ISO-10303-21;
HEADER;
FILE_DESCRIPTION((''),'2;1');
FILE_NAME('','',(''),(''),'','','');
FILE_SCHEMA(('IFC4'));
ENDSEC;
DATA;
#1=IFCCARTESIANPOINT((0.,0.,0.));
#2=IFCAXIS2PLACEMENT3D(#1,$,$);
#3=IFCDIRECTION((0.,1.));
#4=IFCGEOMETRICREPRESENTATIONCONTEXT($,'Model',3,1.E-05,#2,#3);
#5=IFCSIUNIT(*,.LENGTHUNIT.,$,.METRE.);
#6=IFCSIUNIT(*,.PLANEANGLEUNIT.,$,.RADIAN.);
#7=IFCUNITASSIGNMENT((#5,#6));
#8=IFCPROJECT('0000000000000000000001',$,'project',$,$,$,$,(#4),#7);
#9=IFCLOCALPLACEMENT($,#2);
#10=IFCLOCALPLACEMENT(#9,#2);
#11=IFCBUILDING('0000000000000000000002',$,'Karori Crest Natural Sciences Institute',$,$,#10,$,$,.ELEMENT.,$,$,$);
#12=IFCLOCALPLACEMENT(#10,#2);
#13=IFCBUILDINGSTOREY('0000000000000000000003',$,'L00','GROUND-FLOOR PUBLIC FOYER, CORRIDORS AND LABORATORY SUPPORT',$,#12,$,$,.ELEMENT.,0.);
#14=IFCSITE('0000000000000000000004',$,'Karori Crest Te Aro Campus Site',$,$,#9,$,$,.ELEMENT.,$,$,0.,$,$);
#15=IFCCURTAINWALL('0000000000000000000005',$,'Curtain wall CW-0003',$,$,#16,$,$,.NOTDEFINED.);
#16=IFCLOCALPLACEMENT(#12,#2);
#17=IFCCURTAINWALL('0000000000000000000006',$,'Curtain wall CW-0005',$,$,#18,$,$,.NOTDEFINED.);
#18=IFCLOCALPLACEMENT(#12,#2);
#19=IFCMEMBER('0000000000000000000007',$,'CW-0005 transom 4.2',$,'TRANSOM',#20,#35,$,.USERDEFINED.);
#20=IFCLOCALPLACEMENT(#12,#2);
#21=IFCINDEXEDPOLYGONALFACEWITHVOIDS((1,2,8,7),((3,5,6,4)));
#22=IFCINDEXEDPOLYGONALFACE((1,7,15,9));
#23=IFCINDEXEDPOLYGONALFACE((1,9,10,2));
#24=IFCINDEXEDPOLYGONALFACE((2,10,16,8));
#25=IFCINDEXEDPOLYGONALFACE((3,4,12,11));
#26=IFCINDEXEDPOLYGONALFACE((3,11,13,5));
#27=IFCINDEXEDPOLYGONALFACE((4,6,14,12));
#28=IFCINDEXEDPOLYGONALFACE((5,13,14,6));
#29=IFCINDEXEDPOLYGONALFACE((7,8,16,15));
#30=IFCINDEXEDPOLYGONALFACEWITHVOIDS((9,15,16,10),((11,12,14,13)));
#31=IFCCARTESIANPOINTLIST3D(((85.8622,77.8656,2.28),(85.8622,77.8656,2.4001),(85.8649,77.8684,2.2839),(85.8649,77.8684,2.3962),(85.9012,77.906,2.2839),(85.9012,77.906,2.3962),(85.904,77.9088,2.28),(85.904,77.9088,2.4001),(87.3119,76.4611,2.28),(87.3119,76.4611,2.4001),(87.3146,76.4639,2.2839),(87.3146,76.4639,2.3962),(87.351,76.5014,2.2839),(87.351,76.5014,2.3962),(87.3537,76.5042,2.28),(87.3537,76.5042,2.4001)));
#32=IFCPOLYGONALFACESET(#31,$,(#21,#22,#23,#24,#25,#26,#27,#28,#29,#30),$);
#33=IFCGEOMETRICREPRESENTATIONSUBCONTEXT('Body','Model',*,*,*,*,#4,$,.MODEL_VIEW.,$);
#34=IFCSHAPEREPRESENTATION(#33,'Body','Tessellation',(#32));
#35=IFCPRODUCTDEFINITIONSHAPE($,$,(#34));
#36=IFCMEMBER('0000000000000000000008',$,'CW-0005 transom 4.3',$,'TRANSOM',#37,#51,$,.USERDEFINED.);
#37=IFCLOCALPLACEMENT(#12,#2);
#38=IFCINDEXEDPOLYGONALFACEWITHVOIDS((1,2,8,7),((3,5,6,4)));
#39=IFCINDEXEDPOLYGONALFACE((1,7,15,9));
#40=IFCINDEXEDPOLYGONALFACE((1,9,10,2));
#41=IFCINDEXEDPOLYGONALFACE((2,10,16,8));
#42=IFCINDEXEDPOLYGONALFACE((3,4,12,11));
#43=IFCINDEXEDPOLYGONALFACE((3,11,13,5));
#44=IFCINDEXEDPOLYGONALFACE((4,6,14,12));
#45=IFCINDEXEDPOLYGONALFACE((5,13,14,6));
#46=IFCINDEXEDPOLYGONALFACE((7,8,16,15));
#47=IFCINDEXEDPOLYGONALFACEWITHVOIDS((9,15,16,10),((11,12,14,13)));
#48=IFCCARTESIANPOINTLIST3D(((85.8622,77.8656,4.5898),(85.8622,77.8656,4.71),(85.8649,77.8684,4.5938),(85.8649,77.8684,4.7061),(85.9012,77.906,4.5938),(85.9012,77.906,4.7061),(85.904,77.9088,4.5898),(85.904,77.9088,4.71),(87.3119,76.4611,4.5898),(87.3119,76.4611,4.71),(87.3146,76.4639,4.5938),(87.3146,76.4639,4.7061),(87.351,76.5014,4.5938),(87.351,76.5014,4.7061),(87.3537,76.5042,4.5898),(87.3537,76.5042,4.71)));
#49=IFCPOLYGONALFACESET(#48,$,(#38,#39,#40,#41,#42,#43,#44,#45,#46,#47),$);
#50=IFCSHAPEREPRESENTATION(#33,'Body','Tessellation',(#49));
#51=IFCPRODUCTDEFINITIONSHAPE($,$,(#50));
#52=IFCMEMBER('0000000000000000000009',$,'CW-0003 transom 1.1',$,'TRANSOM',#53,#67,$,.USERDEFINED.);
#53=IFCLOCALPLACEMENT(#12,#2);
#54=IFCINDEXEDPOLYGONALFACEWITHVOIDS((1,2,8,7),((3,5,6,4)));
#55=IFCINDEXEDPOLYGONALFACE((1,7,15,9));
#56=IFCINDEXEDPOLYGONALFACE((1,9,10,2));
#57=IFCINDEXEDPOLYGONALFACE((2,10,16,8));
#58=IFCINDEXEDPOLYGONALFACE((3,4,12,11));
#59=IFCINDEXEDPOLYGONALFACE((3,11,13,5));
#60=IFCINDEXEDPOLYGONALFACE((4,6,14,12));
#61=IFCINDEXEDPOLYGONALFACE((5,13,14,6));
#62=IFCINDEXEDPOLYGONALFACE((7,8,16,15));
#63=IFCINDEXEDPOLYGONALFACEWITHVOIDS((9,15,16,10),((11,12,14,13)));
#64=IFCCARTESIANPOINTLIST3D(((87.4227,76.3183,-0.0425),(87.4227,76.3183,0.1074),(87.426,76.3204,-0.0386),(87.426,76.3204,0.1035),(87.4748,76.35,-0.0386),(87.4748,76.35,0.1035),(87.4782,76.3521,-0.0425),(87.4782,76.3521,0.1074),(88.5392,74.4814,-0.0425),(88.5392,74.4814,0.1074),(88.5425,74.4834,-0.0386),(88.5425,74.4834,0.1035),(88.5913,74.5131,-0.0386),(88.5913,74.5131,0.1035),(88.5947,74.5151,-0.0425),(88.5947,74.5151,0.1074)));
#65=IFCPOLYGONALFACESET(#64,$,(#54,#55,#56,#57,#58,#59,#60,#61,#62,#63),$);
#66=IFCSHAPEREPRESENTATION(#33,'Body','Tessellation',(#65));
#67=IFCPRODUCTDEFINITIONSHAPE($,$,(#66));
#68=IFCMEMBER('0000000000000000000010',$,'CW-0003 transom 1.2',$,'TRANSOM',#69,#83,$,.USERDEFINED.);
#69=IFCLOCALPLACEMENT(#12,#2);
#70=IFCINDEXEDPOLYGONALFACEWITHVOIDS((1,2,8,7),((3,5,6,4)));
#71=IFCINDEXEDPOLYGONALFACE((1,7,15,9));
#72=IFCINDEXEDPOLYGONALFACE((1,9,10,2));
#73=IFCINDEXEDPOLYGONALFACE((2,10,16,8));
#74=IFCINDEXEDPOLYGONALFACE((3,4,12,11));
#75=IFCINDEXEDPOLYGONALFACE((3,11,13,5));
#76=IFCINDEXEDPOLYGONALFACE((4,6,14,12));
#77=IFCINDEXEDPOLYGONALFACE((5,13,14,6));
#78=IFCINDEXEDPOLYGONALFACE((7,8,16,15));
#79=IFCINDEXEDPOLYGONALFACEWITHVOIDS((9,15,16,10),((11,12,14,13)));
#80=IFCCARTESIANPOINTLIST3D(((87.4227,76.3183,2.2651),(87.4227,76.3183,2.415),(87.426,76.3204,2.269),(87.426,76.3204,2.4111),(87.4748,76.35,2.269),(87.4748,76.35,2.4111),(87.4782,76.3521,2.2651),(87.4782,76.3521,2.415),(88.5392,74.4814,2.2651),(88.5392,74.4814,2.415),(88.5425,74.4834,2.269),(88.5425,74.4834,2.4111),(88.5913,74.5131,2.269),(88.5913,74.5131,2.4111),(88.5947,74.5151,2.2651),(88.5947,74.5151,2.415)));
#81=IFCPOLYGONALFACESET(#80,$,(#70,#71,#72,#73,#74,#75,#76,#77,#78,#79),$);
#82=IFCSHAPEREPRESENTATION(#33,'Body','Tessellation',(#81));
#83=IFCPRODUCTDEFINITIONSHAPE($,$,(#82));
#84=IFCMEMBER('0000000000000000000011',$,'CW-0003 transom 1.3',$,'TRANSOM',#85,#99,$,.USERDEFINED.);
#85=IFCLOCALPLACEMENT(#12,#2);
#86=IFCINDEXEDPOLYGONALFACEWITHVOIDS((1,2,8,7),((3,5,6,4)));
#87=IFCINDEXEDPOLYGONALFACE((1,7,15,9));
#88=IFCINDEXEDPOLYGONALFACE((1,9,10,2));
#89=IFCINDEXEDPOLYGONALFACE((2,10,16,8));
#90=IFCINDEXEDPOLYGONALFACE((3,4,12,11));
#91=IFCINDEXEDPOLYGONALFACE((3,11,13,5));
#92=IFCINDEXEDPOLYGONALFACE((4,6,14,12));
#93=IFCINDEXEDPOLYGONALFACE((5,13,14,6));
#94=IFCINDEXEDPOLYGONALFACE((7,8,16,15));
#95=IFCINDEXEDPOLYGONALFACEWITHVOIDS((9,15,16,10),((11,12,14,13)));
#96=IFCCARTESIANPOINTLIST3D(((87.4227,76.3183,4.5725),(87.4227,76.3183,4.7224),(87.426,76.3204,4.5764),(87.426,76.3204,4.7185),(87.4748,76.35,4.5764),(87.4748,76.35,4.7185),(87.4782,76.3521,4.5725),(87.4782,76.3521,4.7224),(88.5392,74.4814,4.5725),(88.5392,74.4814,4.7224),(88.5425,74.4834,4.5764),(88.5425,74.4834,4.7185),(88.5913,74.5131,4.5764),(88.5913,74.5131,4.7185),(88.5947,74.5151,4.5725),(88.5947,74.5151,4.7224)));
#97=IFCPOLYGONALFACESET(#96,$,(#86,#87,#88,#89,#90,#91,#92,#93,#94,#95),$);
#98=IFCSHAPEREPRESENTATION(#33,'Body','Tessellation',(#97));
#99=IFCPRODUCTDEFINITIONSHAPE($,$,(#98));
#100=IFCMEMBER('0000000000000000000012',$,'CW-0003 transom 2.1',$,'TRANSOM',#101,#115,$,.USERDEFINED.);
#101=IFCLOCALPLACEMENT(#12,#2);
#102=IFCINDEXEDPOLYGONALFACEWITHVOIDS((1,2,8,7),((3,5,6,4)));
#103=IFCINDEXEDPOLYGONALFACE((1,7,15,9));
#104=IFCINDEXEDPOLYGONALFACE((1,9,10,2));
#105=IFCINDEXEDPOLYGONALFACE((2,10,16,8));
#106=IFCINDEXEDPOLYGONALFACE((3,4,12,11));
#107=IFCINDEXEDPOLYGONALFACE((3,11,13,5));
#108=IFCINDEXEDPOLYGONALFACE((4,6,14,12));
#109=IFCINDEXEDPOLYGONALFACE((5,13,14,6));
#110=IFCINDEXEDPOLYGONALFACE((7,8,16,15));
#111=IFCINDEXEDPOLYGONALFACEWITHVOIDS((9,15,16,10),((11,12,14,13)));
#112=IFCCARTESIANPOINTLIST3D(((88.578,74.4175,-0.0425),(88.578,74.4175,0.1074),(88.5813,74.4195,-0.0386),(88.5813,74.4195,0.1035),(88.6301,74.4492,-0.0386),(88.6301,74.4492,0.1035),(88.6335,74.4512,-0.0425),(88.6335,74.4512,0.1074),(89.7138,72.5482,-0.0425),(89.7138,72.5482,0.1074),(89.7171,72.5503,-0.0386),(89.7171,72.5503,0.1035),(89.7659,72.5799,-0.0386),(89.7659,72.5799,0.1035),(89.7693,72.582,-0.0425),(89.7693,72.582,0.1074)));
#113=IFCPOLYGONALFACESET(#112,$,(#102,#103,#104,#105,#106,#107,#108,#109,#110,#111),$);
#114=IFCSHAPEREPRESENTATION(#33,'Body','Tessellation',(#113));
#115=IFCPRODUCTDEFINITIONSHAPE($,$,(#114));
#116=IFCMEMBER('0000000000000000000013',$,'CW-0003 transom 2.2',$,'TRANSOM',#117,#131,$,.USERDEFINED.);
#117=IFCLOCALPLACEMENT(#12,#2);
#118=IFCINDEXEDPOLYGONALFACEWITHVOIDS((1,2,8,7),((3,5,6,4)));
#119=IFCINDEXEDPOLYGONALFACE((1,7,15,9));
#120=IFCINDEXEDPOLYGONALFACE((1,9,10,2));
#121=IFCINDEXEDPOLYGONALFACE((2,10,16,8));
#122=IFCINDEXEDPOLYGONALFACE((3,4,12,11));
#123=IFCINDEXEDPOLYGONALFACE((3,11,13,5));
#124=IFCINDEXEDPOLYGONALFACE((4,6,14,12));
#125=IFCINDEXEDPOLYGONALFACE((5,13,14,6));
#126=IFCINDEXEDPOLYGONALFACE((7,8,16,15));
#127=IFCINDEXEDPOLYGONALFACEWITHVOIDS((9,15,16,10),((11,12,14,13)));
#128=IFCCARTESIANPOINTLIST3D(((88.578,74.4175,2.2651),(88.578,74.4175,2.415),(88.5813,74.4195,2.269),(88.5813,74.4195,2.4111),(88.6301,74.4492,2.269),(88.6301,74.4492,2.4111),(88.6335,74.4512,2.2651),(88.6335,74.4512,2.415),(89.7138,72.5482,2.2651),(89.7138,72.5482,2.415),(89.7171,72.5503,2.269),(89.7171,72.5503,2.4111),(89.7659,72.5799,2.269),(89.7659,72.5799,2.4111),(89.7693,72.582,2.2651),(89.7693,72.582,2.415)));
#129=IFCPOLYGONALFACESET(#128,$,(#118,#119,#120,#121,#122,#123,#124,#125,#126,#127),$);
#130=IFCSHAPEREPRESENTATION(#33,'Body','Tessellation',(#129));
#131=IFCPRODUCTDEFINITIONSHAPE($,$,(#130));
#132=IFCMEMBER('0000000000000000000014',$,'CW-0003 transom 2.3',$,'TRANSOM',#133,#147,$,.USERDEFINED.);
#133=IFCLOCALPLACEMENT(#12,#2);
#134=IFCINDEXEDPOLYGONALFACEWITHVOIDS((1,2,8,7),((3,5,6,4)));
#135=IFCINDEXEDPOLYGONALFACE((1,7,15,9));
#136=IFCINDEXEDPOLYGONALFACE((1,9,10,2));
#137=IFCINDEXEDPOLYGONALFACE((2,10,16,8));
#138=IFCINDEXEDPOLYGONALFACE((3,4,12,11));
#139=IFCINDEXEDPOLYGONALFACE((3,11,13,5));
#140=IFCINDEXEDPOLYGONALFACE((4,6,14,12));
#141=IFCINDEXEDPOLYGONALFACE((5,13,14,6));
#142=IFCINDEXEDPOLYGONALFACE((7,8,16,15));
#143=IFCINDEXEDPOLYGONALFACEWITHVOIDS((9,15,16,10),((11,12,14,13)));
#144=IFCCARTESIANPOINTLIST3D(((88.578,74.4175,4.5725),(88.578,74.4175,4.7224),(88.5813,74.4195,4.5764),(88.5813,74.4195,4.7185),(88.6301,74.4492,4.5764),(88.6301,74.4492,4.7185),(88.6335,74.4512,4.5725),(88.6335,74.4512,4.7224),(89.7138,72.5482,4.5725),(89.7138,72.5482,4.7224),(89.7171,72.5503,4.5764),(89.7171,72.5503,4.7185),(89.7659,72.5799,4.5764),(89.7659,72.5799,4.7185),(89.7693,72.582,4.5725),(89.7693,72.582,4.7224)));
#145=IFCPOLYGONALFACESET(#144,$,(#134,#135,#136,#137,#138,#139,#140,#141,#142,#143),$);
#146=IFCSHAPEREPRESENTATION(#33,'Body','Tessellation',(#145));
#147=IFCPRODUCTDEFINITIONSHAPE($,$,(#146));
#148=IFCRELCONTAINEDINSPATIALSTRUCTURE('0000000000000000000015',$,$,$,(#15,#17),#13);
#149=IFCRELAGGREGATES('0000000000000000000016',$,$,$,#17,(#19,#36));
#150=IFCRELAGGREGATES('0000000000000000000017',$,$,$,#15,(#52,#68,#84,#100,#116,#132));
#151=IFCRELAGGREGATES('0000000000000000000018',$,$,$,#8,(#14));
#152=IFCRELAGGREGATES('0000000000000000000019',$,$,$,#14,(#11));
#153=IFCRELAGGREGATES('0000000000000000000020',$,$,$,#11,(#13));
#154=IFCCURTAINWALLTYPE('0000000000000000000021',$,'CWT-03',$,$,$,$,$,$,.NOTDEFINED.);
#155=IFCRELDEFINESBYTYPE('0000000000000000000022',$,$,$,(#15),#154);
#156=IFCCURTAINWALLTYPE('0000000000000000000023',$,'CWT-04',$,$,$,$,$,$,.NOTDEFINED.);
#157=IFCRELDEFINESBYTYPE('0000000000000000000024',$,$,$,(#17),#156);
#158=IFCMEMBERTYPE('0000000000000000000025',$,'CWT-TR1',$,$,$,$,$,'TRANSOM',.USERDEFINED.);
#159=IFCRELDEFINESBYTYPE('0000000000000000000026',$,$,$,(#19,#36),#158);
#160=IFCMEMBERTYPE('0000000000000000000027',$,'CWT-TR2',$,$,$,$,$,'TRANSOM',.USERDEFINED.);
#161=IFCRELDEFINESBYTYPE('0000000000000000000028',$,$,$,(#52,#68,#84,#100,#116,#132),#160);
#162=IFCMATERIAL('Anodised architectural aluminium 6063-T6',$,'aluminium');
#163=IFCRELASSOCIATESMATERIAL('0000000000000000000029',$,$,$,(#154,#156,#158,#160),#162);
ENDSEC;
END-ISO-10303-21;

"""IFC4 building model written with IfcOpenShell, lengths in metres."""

from ifc_helpers import new_model, si_unit, direction, frame, origin, origin_2d, place, context, subcontext, project, spatial, hollow_rectangle, extrude, material, material_profile, profile_set, type_object, element, aggregate, save


model = new_model("IFC4")

# Units and contexts
model_context = context("Model", 3, precision=1e-05, world=origin(), true_north=direction((0.0, 1.0)))
body_context = subcontext(model_context, "Body", "Model", "MODEL_VIEW")
ifc_project = project(units=[si_unit("LENGTHUNIT", "METRE"), si_unit("PLANEANGLEUNIT", "RADIAN")], contexts=[model_context])

# Site, building, storey
site_placement = place(None, origin())
site = spatial("IfcSite", under=ifc_project, at=site_placement, Name="Karori Crest Te Aro Campus Site", CompositionType="ELEMENT", RefElevation=0.0)
building_placement = place(site_placement, origin())
building = spatial("IfcBuilding", under=site, at=building_placement, Name="Karori Crest Natural Sciences Institute", CompositionType="ELEMENT")
storey_placement = place(building_placement, origin())
storey = spatial("IfcBuildingStorey", under=building, at=storey_placement, Name="L00", Description="GROUND-FLOOR PUBLIC FOYER, CORRIDORS AND LABORATORY SUPPORT", CompositionType="ELEMENT", Elevation=0.0)

# Shared definitions
ifc_material_1 = material(Name="Anodised architectural aluminium 6063-T6", Category="aluminium")

# Curtain walls, members
curtain_wall_type_1 = type_object("IfcCurtainWallType", Name="CWT-03", PredefinedType="NOTDEFINED", material=ifc_material_1)
curtain_wall_1_placement = place(storey_placement, origin())
curtain_wall_1 = element("IfcCurtainWall", 1, at=curtain_wall_1_placement, inside=storey, type_object=curtain_wall_type_1, Name="Curtain wall CW-0003", PredefinedType="NOTDEFINED")
curtain_wall_type_2 = type_object("IfcCurtainWallType", Name="CWT-04", PredefinedType="NOTDEFINED", material=ifc_material_1)
curtain_wall_2_placement = place(storey_placement, origin())
curtain_wall_2 = element("IfcCurtainWall", 2, at=curtain_wall_2_placement, inside=storey, type_object=curtain_wall_type_2, Name="Curtain wall CW-0005", PredefinedType="NOTDEFINED")
ifc_material_profile_1 = material_profile(ifc_material_1, hollow_rectangle(XDim=0.0601, YDim=0.1201, WallThickness=0.0039, at=origin_2d()), Name="CWT120x60x4")
ifc_profile_set_1 = profile_set([ifc_material_profile_1], Name="Anodised architectural aluminium 6063-T6")
member_type_1 = type_object("IfcMemberType", Name="CWT-TR1", ElementType="TRANSOM", PredefinedType="USERDEFINED", material=ifc_profile_set_1)
member_1_placement = place(storey_placement, frame((85.8831, 77.8872, 2.3401), z_axis=(0.718206, -0.69583, 0.0), x_axis=(0.69583, 0.718206, 0.0)))
member_1 = element("IfcMember", 3, at=member_1_placement, type_object=member_type_1, Name="CW-0005 transom 4.2", ObjectType="TRANSOM", PredefinedType="USERDEFINED", context=body_context, shape_type="SweptSolid", body=[
    extrude(hollow_rectangle(XDim=0.0601, YDim=0.1201, WallThickness=0.0039, at=origin_2d()), origin(), (0.0, 0.0, 1.0), 2.0186),
])
member_2_placement = place(storey_placement, frame((85.8831, 77.8872, 4.6499), z_axis=(0.718206, -0.69583, 0.0), x_axis=(0.69583, 0.718206, 0.0)))
member_2 = element("IfcMember", 4, at=member_2_placement, type_object=member_type_1, Name="CW-0005 transom 4.3", ObjectType="TRANSOM", PredefinedType="USERDEFINED", context=body_context, shape_type="SweptSolid", body=[
    extrude(hollow_rectangle(XDim=0.0601, YDim=0.1201, WallThickness=0.0039, at=origin_2d()), origin(), (0.0, 0.0, 1.0), 2.0186),
])

# Members
ifc_material_profile_2 = material_profile(ifc_material_1, hollow_rectangle(XDim=0.0649, YDim=0.1499, WallThickness=0.0039, at=origin_2d()), Name="CWT150x65x4")
ifc_profile_set_2 = profile_set([ifc_material_profile_2], Name="Anodised architectural aluminium 6063-T6")
member_type_2 = type_object("IfcMemberType", Name="CWT-TR2", ElementType="TRANSOM", PredefinedType="USERDEFINED", material=ifc_profile_set_2)
member_3_placement = place(storey_placement, frame((87.4504, 76.3352, 0.0325), z_axis=(0.519381, -0.854543, 0.0), x_axis=(0.854543, 0.519381, 0.0)))
member_3 = element("IfcMember", 5, at=member_3_placement, type_object=member_type_2, Name="CW-0003 transom 1.1", ObjectType="TRANSOM", PredefinedType="USERDEFINED", context=body_context, shape_type="SweptSolid", body=[
    extrude(hollow_rectangle(XDim=0.0649, YDim=0.1499, WallThickness=0.0039, at=origin_2d()), origin(), (0.0, 0.0, 1.0), 2.1497),
])
member_4_placement = place(storey_placement, frame((87.4504, 76.3352, 2.3401), z_axis=(0.519381, -0.854543, 0.0), x_axis=(0.854543, 0.519381, 0.0)))
member_4 = element("IfcMember", 6, at=member_4_placement, type_object=member_type_2, Name="CW-0003 transom 1.2", ObjectType="TRANSOM", PredefinedType="USERDEFINED", context=body_context, shape_type="SweptSolid", body=[
    extrude(hollow_rectangle(XDim=0.0649, YDim=0.1499, WallThickness=0.0039, at=origin_2d()), origin(), (0.0, 0.0, 1.0), 2.1497),
])
member_5_placement = place(storey_placement, frame((87.4504, 76.3352, 4.6475), z_axis=(0.519381, -0.854543, 0.0), x_axis=(0.854543, 0.519381, 0.0)))
member_5 = element("IfcMember", 7, at=member_5_placement, type_object=member_type_2, Name="CW-0003 transom 1.3", ObjectType="TRANSOM", PredefinedType="USERDEFINED", context=body_context, shape_type="SweptSolid", body=[
    extrude(hollow_rectangle(XDim=0.0649, YDim=0.1499, WallThickness=0.0039, at=origin_2d()), origin(), (0.0, 0.0, 1.0), 2.1497),
])
member_6_placement = place(storey_placement, frame((88.6057, 74.4343, 0.0325), z_axis=(0.519281, -0.854604, 0.0), x_axis=(0.854604, 0.519281, 0.0)))
member_6 = element("IfcMember", 8, at=member_6_placement, type_object=member_type_2, Name="CW-0003 transom 2.1", ObjectType="TRANSOM", PredefinedType="USERDEFINED", context=body_context, shape_type="SweptSolid", body=[
    extrude(hollow_rectangle(XDim=0.0649, YDim=0.1499, WallThickness=0.0039, at=origin_2d()), origin(), (0.0, 0.0, 1.0), 2.1873),
])
member_7_placement = place(storey_placement, frame((88.6057, 74.4343, 2.3401), z_axis=(0.519281, -0.854604, 0.0), x_axis=(0.854604, 0.519281, 0.0)))
member_7 = element("IfcMember", 9, at=member_7_placement, type_object=member_type_2, Name="CW-0003 transom 2.2", ObjectType="TRANSOM", PredefinedType="USERDEFINED", context=body_context, shape_type="SweptSolid", body=[
    extrude(hollow_rectangle(XDim=0.0649, YDim=0.1499, WallThickness=0.0039, at=origin_2d()), origin(), (0.0, 0.0, 1.0), 2.1873),
])
member_8_placement = place(storey_placement, frame((88.6057, 74.4343, 4.6475), z_axis=(0.519281, -0.854604, 0.0), x_axis=(0.854604, 0.519281, 0.0)))
member_8 = element("IfcMember", 10, at=member_8_placement, type_object=member_type_2, Name="CW-0003 transom 2.3", ObjectType="TRANSOM", PredefinedType="USERDEFINED", context=body_context, shape_type="SweptSolid", body=[
    extrude(hollow_rectangle(XDim=0.0649, YDim=0.1499, WallThickness=0.0039, at=origin_2d()), origin(), (0.0, 0.0, 1.0), 2.1873),
])

aggregate(curtain_wall_2, [member_1, member_2])
aggregate(curtain_wall_1, [member_3, member_4, member_5, member_6, member_7, member_8])

save(model, "model.ifc")
